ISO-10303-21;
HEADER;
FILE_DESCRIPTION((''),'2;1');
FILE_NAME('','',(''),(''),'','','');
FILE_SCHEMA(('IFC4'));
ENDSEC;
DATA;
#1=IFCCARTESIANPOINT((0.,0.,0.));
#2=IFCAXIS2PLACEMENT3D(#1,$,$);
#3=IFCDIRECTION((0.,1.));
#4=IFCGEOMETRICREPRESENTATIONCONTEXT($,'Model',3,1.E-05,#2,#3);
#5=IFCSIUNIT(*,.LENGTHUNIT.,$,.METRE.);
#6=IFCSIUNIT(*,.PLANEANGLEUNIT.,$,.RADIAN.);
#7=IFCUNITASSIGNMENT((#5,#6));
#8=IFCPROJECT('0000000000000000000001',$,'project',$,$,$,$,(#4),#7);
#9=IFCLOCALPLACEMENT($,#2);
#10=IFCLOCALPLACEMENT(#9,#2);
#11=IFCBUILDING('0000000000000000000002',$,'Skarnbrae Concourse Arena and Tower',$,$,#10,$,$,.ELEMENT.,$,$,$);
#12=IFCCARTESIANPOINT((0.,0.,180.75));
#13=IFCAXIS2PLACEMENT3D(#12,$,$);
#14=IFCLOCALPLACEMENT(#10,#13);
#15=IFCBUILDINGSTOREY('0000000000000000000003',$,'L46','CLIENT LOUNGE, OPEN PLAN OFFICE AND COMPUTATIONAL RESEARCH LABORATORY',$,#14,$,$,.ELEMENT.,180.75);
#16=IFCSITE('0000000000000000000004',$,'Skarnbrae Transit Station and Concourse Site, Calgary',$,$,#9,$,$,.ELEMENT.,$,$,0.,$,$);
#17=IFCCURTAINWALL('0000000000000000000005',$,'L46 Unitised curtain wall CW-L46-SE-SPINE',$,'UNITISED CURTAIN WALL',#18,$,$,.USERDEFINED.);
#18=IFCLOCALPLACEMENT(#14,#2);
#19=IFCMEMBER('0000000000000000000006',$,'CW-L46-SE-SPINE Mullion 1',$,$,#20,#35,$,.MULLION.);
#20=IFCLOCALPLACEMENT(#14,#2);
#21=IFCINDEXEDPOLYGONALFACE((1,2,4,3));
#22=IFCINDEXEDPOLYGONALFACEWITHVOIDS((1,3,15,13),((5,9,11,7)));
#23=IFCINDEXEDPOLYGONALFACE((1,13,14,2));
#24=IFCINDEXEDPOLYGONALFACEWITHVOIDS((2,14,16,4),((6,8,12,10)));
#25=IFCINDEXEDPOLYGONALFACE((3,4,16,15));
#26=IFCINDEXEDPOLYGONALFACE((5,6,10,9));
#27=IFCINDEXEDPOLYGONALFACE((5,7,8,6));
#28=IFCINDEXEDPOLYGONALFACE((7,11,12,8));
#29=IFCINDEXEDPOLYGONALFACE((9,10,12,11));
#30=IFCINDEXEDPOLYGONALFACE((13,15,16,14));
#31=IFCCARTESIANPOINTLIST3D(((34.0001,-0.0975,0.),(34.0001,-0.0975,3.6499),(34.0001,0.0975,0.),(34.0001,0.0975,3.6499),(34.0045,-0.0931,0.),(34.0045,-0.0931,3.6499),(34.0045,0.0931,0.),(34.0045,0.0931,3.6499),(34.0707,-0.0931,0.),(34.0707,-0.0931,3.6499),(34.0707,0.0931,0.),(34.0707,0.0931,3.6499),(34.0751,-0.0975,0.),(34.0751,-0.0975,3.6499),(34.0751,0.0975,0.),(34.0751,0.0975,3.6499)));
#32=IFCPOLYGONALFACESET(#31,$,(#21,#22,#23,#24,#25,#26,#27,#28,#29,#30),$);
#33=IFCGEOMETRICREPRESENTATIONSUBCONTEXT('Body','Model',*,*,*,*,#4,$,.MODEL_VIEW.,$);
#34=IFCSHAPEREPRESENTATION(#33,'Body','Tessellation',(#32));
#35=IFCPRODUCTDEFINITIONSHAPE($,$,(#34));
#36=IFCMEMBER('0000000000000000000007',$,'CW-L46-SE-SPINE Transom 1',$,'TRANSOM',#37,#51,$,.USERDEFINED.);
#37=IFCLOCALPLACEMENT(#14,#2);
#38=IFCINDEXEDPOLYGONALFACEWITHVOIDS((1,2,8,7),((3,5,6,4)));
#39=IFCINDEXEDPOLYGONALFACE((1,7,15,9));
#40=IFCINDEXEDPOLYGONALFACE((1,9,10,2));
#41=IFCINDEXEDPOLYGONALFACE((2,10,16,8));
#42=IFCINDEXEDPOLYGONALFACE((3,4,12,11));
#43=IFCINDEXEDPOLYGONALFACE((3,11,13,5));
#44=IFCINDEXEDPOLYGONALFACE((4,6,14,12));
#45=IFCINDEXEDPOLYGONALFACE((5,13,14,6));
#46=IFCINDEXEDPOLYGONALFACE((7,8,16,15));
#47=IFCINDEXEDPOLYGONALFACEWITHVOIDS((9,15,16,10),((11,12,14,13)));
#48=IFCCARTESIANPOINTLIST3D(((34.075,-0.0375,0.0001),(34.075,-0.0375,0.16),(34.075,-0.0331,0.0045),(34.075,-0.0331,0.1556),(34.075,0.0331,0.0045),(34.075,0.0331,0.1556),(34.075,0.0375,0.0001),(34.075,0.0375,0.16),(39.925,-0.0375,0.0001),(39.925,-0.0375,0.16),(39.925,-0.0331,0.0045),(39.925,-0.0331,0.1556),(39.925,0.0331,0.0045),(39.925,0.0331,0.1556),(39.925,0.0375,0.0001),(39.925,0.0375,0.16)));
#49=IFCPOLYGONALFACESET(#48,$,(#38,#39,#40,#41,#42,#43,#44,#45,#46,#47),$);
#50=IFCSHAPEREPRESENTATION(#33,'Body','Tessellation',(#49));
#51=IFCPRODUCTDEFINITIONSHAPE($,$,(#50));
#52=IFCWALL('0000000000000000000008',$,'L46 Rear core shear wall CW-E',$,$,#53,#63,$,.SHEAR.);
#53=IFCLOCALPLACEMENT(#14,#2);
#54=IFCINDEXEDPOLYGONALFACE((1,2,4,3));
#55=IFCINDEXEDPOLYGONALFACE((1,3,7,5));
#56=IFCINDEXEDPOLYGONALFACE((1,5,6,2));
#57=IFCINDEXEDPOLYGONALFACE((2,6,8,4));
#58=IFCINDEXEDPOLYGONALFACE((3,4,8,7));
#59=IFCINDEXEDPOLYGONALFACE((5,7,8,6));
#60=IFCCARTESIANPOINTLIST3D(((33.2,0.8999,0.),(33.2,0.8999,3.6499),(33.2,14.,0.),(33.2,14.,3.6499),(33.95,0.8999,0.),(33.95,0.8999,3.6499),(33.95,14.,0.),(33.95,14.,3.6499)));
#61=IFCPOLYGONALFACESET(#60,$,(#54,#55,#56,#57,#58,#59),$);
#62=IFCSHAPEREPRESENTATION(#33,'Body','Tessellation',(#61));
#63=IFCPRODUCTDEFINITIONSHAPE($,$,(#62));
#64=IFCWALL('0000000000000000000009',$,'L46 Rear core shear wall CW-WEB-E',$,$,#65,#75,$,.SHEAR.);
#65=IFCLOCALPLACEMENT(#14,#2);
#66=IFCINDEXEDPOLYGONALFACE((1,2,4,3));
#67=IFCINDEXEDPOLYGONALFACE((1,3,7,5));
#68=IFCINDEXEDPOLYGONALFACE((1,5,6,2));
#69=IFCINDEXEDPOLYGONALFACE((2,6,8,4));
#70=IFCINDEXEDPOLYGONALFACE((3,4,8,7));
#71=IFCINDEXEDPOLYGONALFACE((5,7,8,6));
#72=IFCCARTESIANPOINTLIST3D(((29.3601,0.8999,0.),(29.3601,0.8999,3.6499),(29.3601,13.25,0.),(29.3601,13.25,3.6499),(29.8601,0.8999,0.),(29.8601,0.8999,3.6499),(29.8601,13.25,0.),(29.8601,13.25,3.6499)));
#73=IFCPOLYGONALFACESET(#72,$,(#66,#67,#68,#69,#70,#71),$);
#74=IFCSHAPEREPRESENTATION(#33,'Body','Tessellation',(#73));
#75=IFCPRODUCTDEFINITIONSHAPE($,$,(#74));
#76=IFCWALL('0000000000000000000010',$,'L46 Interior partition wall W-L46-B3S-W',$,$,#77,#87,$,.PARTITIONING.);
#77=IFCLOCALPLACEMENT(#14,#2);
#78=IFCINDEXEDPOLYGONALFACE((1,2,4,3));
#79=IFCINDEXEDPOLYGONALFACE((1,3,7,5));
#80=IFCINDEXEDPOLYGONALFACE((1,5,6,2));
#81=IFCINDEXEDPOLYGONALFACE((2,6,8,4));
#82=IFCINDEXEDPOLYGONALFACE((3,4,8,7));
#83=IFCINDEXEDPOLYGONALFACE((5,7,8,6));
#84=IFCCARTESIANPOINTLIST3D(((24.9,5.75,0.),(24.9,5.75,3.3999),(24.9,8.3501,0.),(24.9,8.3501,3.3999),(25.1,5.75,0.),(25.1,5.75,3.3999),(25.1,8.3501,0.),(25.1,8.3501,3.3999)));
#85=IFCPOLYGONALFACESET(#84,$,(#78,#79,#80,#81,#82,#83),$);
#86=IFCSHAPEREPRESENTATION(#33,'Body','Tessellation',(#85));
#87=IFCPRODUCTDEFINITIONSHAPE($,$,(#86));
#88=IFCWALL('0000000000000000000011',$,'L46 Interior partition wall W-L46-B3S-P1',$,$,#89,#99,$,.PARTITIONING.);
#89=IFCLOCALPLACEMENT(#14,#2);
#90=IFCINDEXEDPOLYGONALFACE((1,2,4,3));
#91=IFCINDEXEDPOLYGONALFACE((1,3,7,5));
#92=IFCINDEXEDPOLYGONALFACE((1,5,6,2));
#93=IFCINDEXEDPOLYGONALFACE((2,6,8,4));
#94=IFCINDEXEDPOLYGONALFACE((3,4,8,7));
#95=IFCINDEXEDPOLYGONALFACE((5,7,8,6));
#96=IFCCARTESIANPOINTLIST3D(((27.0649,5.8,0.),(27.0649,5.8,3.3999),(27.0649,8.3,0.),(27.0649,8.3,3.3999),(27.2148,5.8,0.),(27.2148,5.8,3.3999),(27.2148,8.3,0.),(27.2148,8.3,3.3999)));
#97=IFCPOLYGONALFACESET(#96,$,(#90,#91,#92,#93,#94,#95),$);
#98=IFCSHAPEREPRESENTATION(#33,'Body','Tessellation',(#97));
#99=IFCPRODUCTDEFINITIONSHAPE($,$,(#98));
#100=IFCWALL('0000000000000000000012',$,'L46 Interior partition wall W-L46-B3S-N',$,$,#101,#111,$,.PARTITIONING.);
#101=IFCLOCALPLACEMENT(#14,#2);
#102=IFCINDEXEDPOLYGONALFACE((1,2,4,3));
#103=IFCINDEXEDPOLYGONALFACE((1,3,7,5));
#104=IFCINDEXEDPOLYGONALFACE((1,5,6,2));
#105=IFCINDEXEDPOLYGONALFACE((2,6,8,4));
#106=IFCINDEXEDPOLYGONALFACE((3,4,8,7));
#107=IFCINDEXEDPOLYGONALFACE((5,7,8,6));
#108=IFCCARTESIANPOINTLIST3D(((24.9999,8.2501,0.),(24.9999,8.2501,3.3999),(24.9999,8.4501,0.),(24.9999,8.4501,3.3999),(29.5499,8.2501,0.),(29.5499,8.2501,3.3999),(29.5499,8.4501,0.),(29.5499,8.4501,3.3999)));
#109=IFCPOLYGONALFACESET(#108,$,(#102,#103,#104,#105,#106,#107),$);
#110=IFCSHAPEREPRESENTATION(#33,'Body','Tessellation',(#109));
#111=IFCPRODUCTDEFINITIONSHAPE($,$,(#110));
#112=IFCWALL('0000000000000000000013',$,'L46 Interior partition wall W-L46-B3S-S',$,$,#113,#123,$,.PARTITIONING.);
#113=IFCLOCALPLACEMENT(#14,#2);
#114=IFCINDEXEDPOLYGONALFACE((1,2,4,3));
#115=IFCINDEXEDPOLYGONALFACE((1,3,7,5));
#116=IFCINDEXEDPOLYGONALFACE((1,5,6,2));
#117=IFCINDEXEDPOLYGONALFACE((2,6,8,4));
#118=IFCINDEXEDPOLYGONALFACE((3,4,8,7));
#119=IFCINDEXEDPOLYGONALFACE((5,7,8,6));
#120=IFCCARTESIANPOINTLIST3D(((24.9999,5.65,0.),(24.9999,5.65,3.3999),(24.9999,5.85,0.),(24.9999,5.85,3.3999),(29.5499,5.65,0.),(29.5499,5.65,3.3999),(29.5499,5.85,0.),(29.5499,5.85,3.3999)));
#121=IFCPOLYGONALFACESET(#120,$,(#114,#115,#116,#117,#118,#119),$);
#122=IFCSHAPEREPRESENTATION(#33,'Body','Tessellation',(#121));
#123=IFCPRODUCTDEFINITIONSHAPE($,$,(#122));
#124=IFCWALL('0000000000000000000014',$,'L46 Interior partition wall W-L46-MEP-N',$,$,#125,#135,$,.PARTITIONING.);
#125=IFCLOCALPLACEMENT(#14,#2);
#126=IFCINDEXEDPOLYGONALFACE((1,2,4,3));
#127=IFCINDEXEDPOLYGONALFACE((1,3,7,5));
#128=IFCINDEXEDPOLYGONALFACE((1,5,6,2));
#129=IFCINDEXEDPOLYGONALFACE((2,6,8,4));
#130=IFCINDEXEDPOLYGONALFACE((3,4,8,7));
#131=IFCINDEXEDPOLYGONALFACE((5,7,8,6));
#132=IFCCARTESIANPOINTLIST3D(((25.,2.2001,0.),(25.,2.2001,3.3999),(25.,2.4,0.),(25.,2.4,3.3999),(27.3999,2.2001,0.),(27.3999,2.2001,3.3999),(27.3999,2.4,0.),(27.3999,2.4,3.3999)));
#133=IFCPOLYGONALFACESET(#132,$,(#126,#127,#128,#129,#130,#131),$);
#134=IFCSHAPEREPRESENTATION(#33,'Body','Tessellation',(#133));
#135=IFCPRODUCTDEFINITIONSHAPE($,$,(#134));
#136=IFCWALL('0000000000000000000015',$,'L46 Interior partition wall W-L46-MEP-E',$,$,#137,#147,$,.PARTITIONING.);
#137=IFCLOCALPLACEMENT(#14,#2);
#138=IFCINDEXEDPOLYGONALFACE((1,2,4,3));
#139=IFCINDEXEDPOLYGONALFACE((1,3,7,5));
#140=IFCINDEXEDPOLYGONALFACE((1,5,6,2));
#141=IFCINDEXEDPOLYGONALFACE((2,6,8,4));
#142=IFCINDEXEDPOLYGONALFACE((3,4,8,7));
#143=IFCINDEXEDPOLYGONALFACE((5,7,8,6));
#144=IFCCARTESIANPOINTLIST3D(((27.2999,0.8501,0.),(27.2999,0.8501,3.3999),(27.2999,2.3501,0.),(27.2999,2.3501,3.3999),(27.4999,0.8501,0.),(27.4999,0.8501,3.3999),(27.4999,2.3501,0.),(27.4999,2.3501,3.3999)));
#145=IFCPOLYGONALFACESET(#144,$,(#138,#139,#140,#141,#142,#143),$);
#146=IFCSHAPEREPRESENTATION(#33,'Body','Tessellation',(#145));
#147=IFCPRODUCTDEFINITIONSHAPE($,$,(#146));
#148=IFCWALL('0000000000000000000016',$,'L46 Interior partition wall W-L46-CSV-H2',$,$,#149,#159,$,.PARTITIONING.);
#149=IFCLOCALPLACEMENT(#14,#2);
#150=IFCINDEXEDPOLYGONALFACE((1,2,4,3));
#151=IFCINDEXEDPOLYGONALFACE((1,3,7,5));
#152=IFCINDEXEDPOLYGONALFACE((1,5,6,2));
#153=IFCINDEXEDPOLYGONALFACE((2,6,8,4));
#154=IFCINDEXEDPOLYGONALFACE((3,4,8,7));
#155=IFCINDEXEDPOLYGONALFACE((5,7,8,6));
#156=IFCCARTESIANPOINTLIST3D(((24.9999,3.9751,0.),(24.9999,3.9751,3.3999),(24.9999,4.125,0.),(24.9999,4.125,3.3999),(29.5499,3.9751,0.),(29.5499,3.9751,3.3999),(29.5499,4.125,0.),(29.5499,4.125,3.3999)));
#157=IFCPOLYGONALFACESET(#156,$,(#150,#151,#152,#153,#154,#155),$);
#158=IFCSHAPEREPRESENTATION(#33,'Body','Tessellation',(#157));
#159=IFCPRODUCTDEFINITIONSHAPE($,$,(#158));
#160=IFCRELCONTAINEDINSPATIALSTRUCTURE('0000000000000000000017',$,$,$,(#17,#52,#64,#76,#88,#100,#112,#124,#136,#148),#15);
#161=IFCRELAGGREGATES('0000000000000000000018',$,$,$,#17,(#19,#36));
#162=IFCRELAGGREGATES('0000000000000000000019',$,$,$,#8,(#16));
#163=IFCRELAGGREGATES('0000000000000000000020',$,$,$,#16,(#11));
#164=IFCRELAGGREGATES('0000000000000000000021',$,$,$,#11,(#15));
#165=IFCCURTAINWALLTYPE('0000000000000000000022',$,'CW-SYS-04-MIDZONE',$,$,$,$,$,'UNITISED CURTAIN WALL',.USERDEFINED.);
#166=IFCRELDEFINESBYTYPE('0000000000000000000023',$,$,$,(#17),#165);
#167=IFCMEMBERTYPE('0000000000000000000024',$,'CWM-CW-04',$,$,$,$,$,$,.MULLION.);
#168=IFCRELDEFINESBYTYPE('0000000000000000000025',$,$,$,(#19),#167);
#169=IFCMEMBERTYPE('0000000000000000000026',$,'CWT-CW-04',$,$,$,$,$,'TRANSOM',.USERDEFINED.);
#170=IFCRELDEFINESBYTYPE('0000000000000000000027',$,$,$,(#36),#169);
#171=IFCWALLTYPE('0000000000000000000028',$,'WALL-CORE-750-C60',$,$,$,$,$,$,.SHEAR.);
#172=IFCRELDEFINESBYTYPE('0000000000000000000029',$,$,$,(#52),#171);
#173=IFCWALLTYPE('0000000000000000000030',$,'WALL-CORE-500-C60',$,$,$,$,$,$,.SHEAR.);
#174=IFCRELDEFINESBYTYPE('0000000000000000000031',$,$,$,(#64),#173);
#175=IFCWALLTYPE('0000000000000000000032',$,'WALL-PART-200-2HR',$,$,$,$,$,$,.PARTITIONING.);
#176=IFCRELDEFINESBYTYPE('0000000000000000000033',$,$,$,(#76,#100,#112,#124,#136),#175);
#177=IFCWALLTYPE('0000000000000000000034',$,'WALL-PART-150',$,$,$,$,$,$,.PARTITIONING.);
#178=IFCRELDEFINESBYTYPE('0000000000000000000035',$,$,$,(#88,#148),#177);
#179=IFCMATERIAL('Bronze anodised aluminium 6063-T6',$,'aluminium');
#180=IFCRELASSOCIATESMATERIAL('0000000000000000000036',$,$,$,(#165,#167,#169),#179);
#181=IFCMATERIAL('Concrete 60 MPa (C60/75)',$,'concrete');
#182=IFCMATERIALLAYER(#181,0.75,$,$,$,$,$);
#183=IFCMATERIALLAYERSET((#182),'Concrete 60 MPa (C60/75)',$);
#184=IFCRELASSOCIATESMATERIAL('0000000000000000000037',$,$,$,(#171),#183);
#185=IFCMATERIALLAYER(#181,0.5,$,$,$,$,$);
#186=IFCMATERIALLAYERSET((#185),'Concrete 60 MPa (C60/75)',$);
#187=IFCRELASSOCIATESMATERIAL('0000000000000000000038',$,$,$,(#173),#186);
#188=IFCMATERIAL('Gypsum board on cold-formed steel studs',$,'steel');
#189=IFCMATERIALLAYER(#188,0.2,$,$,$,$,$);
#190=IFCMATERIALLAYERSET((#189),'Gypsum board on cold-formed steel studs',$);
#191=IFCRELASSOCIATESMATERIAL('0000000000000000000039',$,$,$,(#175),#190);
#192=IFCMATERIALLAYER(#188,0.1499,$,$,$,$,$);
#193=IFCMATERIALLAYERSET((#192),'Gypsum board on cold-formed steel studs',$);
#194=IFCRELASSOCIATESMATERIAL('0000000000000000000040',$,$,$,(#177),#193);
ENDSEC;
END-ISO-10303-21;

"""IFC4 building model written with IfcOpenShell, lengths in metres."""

from ifc_helpers import new_model, si_unit, direction, frame, frame_2d, origin, origin_2d, place, context, subcontext, project, spatial, rectangle, hollow_rectangle, extrude, source, transform, mapped, material, layer, layer_set, material_profile, profile_set, type_object, element, aggregate, save


model = new_model("IFC4")

# Units and contexts
model_context = context("Model", 3, precision=1e-05, world=origin(), true_north=direction((0.0, 1.0)))
body_context = subcontext(model_context, "Body", "Model", "MODEL_VIEW")
ifc_project = project(units=[si_unit("LENGTHUNIT", "METRE"), si_unit("PLANEANGLEUNIT", "RADIAN")], contexts=[model_context])

# Site, building, storey
site_placement = place(None, origin())
site = spatial("IfcSite", under=ifc_project, at=site_placement, Name="Skarnbrae Transit Station and Concourse Site, Calgary", CompositionType="ELEMENT", RefElevation=0.0)
building_placement = place(site_placement, origin())
building = spatial("IfcBuilding", under=site, at=building_placement, Name="Skarnbrae Concourse Arena and Tower", CompositionType="ELEMENT")
storey_placement = place(building_placement, frame((0.0, 0.0, 180.75)))
storey = spatial("IfcBuildingStorey", under=building, at=storey_placement, Name="L46", Description="CLIENT LOUNGE, OPEN PLAN OFFICE AND COMPUTATIONAL RESEARCH LABORATORY", CompositionType="ELEMENT", Elevation=180.75)

# Curtain wall, members
ifc_material_1 = material(Name="Bronze anodised aluminium 6063-T6", Category="aluminium")
curtain_wall_type = type_object("IfcCurtainWallType", Name="CW-SYS-04-MIDZONE", ElementType="UNITISED CURTAIN WALL", PredefinedType="USERDEFINED", material=ifc_material_1)
curtain_wall_placement = place(storey_placement, origin())
curtain_wall = element("IfcCurtainWall", 1, at=curtain_wall_placement, inside=storey, type_object=curtain_wall_type, Name="L46 Unitised curtain wall CW-L46-SE-SPINE", ObjectType="UNITISED CURTAIN WALL", PredefinedType="USERDEFINED")
ifc_material_profile_1 = material_profile(ifc_material_1, hollow_rectangle(XDim=0.075, YDim=0.1951, WallThickness=0.0044, at=origin_2d()), Name="ALU-MULL-75X195")
ifc_profile_set_1 = profile_set([ifc_material_profile_1], Name="Bronze anodised aluminium 6063-T6")
member_type_1 = type_object("IfcMemberType", Name="CWM-CW-04", PredefinedType="MULLION", material=ifc_profile_set_1)
shared_shape_1 = source(origin(), body_context, "Body", "SweptSolid", [
    extrude(hollow_rectangle(XDim=0.075, YDim=0.1951, WallThickness=0.0044, at=origin_2d()), origin(), (0.0, 0.0, 1.0), 3.6499),
])
member_1_placement = place(storey_placement, frame((34.0376, 0.0, 0.0), z_axis=(0.0, 0.0, 1.0), x_axis=(1.0, 0.0, 0.0)))
member_1 = element("IfcMember", 2, at=member_1_placement, type_object=member_type_1, Name="CW-L46-SE-SPINE Mullion 1", PredefinedType="MULLION", context=body_context, shape_type="MappedRepresentation", body=[
    mapped(shared_shape_1, transform((0.0, 0.0, 0.0))),
])
ifc_material_profile_2 = material_profile(ifc_material_1, hollow_rectangle(XDim=0.075, YDim=0.1599, WallThickness=0.0044, at=origin_2d()), Name="ALU-TRAN-75X160")
ifc_profile_set_2 = profile_set([ifc_material_profile_2], Name="Bronze anodised aluminium 6063-T6")
member_type_2 = type_object("IfcMemberType", Name="CWT-CW-04", ElementType="TRANSOM", PredefinedType="USERDEFINED", material=ifc_profile_set_2)
shared_shape_2 = source(origin(), body_context, "Body", "SweptSolid", [
    extrude(hollow_rectangle(XDim=0.075, YDim=0.1599, WallThickness=0.0044, at=origin_2d()), origin(), (0.0, 0.0, 1.0), 5.8501),
])
member_2_placement = place(storey_placement, frame((34.075, 0.0, 0.0801), z_axis=(1.0, 0.0, 0.0), x_axis=(0.0, 1.0, 0.0)))
member_2 = element("IfcMember", 3, at=member_2_placement, type_object=member_type_2, Name="CW-L46-SE-SPINE Transom 1", ObjectType="TRANSOM", PredefinedType="USERDEFINED", context=body_context, shape_type="MappedRepresentation", body=[
    mapped(shared_shape_2, transform((0.0, 0.0, 0.0))),
])
aggregate(curtain_wall, [member_1, member_2])

# Walls
ifc_material_2 = material(Name="Concrete 60 MPa (C60/75)", Category="concrete")
ifc_layer_1 = layer(ifc_material_2, 0.75)
ifc_layer_set_1 = layer_set([ifc_layer_1], Name="Concrete 60 MPa (C60/75)")
wall_type_1 = type_object("IfcWallType", Name="WALL-CORE-750-C60", PredefinedType="SHEAR", material=ifc_layer_set_1)
shared_shape_3 = source(origin(), body_context, "Body", "SweptSolid", [
    extrude(rectangle(XDim=13.1001, YDim=0.75, at=frame_2d((6.55, 0.0))), origin(), (0.0, 0.0, 1.0), 3.6499),
])
wall_1_placement = place(storey_placement, frame((33.575, 0.8999, 0.0), z_axis=(0.0, 0.0, 1.0), x_axis=(0.0, 1.0, 0.0)))
element("IfcWall", 4, at=wall_1_placement, inside=storey, type_object=wall_type_1, Name="L46 Rear core shear wall CW-E", PredefinedType="SHEAR", context=body_context, shape_type="MappedRepresentation", body=[
    mapped(shared_shape_3, transform((0.0, 0.0, 0.0))),
])
ifc_layer_2 = layer(ifc_material_2, 0.5)
ifc_layer_set_2 = layer_set([ifc_layer_2], Name="Concrete 60 MPa (C60/75)")
wall_type_2 = type_object("IfcWallType", Name="WALL-CORE-500-C60", PredefinedType="SHEAR", material=ifc_layer_set_2)
shared_shape_4 = source(origin(), body_context, "Body", "SweptSolid", [
    extrude(rectangle(XDim=12.3501, YDim=0.5, at=frame_2d((6.175, 0.0))), origin(), (0.0, 0.0, 1.0), 3.6499),
])
wall_2_placement = place(storey_placement, frame((29.6101, 0.8999, 0.0), z_axis=(0.0, 0.0, 1.0), x_axis=(0.0, 1.0, 0.0)))
element("IfcWall", 5, at=wall_2_placement, inside=storey, type_object=wall_type_2, Name="L46 Rear core shear wall CW-WEB-E", PredefinedType="SHEAR", context=body_context, shape_type="MappedRepresentation", body=[
    mapped(shared_shape_4, transform((0.0, 0.0, 0.0))),
])
ifc_material_3 = material(Name="Gypsum board on cold-formed steel studs", Category="steel")
ifc_layer_3 = layer(ifc_material_3, 0.2)
ifc_layer_set_3 = layer_set([ifc_layer_3], Name="Gypsum board on cold-formed steel studs")
wall_type_3 = type_object("IfcWallType", Name="WALL-PART-200-2HR", PredefinedType="PARTITIONING", material=ifc_layer_set_3)
shared_shape_5 = source(origin(), body_context, "Body", "SweptSolid", [
    extrude(rectangle(XDim=2.6001, YDim=0.2, at=frame_2d((1.3, 0.0))), origin(), (0.0, 0.0, 1.0), 3.3999),
])
wall_3_placement = place(storey_placement, frame((25.0, 5.75, 0.0), z_axis=(0.0, 0.0, 1.0), x_axis=(0.0, 1.0, 0.0)))
element("IfcWall", 6, at=wall_3_placement, inside=storey, type_object=wall_type_3, Name="L46 Interior partition wall W-L46-B3S-W", PredefinedType="PARTITIONING", context=body_context, shape_type="MappedRepresentation", body=[
    mapped(shared_shape_5, transform((0.0, 0.0, 0.0))),
])
ifc_layer_4 = layer(ifc_material_3, 0.1499)
ifc_layer_set_4 = layer_set([ifc_layer_4], Name="Gypsum board on cold-formed steel studs")
wall_type_4 = type_object("IfcWallType", Name="WALL-PART-150", PredefinedType="PARTITIONING", material=ifc_layer_set_4)
shared_shape_6 = source(origin(), body_context, "Body", "SweptSolid", [
    extrude(rectangle(XDim=2.5, YDim=0.1499, at=frame_2d((1.25, 0.0))), origin(), (0.0, 0.0, 1.0), 3.3999),
])
wall_4_placement = place(storey_placement, frame((27.1399, 5.8, 0.0), z_axis=(0.0, 0.0, 1.0), x_axis=(0.0, 1.0, 0.0)))
element("IfcWall", 7, at=wall_4_placement, inside=storey, type_object=wall_type_4, Name="L46 Interior partition wall W-L46-B3S-P1", PredefinedType="PARTITIONING", context=body_context, shape_type="MappedRepresentation", body=[
    mapped(shared_shape_6, transform((0.0, 0.0, 0.0))),
])
shared_shape_7 = source(origin(), body_context, "Body", "SweptSolid", [
    extrude(rectangle(XDim=4.55, YDim=0.2, at=frame_2d((2.2749, 0.0))), origin(), (0.0, 0.0, 1.0), 3.3999),
])
for number, where, z_axis, x_axis, name in (
    (8, (25.0, 8.3501, 0.0), (0.0, 0.0, 1.0), (1.0, 0.0, 0.0), "L46 Interior partition wall W-L46-B3S-N"),
    (9, (25.0, 5.75, 0.0), (0.0, 0.0, 1.0), (1.0, 0.0, 0.0), "L46 Interior partition wall W-L46-B3S-S"),
):
    element("IfcWall", number, at=place(storey_placement, frame(where, z_axis=z_axis, x_axis=x_axis)), inside=storey, type_object=wall_type_3, Name=name, PredefinedType="PARTITIONING", context=body_context, shape_type="MappedRepresentation", body=[
        mapped(shared_shape_7, transform((0.0, 0.0, 0.0))),
    ])

# Walls
shared_shape_8 = source(origin(), body_context, "Body", "SweptSolid", [
    extrude(rectangle(XDim=2.3999, YDim=0.2, at=frame_2d((1.2, 0.0))), origin(), (0.0, 0.0, 1.0), 3.3999),
])
wall_5_placement = place(storey_placement, frame((25.0, 2.3, 0.0), z_axis=(0.0, 0.0, 1.0), x_axis=(1.0, 0.0, 0.0)))
element("IfcWall", 10, at=wall_5_placement, inside=storey, type_object=wall_type_3, Name="L46 Interior partition wall W-L46-MEP-N", PredefinedType="PARTITIONING", context=body_context, shape_type="MappedRepresentation", body=[
    mapped(shared_shape_8, transform((0.0, 0.0, 0.0))),
])
shared_shape_9 = source(origin(), body_context, "Body", "SweptSolid", [
    extrude(rectangle(XDim=1.5, YDim=0.2, at=frame_2d((0.75, 0.0))), origin(), (0.0, 0.0, 1.0), 3.3999),
])
wall_6_placement = place(storey_placement, frame((27.3999, 0.8501, 0.0), z_axis=(0.0, 0.0, 1.0), x_axis=(0.0, 1.0, 0.0)))
element("IfcWall", 11, at=wall_6_placement, inside=storey, type_object=wall_type_3, Name="L46 Interior partition wall W-L46-MEP-E", PredefinedType="PARTITIONING", context=body_context, shape_type="MappedRepresentation", body=[
    mapped(shared_shape_9, transform((0.0, 0.0, 0.0))),
])
shared_shape_10 = source(origin(), body_context, "Body", "SweptSolid", [
    extrude(rectangle(XDim=4.55, YDim=0.1499, at=frame_2d((2.2749, 0.0))), origin(), (0.0, 0.0, 1.0), 3.3999),
])
wall_7_placement = place(storey_placement, frame((25.0, 4.05, 0.0), z_axis=(0.0, 0.0, 1.0), x_axis=(1.0, 0.0, 0.0)))
element("IfcWall", 12, at=wall_7_placement, inside=storey, type_object=wall_type_4, Name="L46 Interior partition wall W-L46-CSV-H2", PredefinedType="PARTITIONING", context=body_context, shape_type="MappedRepresentation", body=[
    mapped(shared_shape_10, transform((0.0, 0.0, 0.0))),
])

save(model, "model.ifc")
